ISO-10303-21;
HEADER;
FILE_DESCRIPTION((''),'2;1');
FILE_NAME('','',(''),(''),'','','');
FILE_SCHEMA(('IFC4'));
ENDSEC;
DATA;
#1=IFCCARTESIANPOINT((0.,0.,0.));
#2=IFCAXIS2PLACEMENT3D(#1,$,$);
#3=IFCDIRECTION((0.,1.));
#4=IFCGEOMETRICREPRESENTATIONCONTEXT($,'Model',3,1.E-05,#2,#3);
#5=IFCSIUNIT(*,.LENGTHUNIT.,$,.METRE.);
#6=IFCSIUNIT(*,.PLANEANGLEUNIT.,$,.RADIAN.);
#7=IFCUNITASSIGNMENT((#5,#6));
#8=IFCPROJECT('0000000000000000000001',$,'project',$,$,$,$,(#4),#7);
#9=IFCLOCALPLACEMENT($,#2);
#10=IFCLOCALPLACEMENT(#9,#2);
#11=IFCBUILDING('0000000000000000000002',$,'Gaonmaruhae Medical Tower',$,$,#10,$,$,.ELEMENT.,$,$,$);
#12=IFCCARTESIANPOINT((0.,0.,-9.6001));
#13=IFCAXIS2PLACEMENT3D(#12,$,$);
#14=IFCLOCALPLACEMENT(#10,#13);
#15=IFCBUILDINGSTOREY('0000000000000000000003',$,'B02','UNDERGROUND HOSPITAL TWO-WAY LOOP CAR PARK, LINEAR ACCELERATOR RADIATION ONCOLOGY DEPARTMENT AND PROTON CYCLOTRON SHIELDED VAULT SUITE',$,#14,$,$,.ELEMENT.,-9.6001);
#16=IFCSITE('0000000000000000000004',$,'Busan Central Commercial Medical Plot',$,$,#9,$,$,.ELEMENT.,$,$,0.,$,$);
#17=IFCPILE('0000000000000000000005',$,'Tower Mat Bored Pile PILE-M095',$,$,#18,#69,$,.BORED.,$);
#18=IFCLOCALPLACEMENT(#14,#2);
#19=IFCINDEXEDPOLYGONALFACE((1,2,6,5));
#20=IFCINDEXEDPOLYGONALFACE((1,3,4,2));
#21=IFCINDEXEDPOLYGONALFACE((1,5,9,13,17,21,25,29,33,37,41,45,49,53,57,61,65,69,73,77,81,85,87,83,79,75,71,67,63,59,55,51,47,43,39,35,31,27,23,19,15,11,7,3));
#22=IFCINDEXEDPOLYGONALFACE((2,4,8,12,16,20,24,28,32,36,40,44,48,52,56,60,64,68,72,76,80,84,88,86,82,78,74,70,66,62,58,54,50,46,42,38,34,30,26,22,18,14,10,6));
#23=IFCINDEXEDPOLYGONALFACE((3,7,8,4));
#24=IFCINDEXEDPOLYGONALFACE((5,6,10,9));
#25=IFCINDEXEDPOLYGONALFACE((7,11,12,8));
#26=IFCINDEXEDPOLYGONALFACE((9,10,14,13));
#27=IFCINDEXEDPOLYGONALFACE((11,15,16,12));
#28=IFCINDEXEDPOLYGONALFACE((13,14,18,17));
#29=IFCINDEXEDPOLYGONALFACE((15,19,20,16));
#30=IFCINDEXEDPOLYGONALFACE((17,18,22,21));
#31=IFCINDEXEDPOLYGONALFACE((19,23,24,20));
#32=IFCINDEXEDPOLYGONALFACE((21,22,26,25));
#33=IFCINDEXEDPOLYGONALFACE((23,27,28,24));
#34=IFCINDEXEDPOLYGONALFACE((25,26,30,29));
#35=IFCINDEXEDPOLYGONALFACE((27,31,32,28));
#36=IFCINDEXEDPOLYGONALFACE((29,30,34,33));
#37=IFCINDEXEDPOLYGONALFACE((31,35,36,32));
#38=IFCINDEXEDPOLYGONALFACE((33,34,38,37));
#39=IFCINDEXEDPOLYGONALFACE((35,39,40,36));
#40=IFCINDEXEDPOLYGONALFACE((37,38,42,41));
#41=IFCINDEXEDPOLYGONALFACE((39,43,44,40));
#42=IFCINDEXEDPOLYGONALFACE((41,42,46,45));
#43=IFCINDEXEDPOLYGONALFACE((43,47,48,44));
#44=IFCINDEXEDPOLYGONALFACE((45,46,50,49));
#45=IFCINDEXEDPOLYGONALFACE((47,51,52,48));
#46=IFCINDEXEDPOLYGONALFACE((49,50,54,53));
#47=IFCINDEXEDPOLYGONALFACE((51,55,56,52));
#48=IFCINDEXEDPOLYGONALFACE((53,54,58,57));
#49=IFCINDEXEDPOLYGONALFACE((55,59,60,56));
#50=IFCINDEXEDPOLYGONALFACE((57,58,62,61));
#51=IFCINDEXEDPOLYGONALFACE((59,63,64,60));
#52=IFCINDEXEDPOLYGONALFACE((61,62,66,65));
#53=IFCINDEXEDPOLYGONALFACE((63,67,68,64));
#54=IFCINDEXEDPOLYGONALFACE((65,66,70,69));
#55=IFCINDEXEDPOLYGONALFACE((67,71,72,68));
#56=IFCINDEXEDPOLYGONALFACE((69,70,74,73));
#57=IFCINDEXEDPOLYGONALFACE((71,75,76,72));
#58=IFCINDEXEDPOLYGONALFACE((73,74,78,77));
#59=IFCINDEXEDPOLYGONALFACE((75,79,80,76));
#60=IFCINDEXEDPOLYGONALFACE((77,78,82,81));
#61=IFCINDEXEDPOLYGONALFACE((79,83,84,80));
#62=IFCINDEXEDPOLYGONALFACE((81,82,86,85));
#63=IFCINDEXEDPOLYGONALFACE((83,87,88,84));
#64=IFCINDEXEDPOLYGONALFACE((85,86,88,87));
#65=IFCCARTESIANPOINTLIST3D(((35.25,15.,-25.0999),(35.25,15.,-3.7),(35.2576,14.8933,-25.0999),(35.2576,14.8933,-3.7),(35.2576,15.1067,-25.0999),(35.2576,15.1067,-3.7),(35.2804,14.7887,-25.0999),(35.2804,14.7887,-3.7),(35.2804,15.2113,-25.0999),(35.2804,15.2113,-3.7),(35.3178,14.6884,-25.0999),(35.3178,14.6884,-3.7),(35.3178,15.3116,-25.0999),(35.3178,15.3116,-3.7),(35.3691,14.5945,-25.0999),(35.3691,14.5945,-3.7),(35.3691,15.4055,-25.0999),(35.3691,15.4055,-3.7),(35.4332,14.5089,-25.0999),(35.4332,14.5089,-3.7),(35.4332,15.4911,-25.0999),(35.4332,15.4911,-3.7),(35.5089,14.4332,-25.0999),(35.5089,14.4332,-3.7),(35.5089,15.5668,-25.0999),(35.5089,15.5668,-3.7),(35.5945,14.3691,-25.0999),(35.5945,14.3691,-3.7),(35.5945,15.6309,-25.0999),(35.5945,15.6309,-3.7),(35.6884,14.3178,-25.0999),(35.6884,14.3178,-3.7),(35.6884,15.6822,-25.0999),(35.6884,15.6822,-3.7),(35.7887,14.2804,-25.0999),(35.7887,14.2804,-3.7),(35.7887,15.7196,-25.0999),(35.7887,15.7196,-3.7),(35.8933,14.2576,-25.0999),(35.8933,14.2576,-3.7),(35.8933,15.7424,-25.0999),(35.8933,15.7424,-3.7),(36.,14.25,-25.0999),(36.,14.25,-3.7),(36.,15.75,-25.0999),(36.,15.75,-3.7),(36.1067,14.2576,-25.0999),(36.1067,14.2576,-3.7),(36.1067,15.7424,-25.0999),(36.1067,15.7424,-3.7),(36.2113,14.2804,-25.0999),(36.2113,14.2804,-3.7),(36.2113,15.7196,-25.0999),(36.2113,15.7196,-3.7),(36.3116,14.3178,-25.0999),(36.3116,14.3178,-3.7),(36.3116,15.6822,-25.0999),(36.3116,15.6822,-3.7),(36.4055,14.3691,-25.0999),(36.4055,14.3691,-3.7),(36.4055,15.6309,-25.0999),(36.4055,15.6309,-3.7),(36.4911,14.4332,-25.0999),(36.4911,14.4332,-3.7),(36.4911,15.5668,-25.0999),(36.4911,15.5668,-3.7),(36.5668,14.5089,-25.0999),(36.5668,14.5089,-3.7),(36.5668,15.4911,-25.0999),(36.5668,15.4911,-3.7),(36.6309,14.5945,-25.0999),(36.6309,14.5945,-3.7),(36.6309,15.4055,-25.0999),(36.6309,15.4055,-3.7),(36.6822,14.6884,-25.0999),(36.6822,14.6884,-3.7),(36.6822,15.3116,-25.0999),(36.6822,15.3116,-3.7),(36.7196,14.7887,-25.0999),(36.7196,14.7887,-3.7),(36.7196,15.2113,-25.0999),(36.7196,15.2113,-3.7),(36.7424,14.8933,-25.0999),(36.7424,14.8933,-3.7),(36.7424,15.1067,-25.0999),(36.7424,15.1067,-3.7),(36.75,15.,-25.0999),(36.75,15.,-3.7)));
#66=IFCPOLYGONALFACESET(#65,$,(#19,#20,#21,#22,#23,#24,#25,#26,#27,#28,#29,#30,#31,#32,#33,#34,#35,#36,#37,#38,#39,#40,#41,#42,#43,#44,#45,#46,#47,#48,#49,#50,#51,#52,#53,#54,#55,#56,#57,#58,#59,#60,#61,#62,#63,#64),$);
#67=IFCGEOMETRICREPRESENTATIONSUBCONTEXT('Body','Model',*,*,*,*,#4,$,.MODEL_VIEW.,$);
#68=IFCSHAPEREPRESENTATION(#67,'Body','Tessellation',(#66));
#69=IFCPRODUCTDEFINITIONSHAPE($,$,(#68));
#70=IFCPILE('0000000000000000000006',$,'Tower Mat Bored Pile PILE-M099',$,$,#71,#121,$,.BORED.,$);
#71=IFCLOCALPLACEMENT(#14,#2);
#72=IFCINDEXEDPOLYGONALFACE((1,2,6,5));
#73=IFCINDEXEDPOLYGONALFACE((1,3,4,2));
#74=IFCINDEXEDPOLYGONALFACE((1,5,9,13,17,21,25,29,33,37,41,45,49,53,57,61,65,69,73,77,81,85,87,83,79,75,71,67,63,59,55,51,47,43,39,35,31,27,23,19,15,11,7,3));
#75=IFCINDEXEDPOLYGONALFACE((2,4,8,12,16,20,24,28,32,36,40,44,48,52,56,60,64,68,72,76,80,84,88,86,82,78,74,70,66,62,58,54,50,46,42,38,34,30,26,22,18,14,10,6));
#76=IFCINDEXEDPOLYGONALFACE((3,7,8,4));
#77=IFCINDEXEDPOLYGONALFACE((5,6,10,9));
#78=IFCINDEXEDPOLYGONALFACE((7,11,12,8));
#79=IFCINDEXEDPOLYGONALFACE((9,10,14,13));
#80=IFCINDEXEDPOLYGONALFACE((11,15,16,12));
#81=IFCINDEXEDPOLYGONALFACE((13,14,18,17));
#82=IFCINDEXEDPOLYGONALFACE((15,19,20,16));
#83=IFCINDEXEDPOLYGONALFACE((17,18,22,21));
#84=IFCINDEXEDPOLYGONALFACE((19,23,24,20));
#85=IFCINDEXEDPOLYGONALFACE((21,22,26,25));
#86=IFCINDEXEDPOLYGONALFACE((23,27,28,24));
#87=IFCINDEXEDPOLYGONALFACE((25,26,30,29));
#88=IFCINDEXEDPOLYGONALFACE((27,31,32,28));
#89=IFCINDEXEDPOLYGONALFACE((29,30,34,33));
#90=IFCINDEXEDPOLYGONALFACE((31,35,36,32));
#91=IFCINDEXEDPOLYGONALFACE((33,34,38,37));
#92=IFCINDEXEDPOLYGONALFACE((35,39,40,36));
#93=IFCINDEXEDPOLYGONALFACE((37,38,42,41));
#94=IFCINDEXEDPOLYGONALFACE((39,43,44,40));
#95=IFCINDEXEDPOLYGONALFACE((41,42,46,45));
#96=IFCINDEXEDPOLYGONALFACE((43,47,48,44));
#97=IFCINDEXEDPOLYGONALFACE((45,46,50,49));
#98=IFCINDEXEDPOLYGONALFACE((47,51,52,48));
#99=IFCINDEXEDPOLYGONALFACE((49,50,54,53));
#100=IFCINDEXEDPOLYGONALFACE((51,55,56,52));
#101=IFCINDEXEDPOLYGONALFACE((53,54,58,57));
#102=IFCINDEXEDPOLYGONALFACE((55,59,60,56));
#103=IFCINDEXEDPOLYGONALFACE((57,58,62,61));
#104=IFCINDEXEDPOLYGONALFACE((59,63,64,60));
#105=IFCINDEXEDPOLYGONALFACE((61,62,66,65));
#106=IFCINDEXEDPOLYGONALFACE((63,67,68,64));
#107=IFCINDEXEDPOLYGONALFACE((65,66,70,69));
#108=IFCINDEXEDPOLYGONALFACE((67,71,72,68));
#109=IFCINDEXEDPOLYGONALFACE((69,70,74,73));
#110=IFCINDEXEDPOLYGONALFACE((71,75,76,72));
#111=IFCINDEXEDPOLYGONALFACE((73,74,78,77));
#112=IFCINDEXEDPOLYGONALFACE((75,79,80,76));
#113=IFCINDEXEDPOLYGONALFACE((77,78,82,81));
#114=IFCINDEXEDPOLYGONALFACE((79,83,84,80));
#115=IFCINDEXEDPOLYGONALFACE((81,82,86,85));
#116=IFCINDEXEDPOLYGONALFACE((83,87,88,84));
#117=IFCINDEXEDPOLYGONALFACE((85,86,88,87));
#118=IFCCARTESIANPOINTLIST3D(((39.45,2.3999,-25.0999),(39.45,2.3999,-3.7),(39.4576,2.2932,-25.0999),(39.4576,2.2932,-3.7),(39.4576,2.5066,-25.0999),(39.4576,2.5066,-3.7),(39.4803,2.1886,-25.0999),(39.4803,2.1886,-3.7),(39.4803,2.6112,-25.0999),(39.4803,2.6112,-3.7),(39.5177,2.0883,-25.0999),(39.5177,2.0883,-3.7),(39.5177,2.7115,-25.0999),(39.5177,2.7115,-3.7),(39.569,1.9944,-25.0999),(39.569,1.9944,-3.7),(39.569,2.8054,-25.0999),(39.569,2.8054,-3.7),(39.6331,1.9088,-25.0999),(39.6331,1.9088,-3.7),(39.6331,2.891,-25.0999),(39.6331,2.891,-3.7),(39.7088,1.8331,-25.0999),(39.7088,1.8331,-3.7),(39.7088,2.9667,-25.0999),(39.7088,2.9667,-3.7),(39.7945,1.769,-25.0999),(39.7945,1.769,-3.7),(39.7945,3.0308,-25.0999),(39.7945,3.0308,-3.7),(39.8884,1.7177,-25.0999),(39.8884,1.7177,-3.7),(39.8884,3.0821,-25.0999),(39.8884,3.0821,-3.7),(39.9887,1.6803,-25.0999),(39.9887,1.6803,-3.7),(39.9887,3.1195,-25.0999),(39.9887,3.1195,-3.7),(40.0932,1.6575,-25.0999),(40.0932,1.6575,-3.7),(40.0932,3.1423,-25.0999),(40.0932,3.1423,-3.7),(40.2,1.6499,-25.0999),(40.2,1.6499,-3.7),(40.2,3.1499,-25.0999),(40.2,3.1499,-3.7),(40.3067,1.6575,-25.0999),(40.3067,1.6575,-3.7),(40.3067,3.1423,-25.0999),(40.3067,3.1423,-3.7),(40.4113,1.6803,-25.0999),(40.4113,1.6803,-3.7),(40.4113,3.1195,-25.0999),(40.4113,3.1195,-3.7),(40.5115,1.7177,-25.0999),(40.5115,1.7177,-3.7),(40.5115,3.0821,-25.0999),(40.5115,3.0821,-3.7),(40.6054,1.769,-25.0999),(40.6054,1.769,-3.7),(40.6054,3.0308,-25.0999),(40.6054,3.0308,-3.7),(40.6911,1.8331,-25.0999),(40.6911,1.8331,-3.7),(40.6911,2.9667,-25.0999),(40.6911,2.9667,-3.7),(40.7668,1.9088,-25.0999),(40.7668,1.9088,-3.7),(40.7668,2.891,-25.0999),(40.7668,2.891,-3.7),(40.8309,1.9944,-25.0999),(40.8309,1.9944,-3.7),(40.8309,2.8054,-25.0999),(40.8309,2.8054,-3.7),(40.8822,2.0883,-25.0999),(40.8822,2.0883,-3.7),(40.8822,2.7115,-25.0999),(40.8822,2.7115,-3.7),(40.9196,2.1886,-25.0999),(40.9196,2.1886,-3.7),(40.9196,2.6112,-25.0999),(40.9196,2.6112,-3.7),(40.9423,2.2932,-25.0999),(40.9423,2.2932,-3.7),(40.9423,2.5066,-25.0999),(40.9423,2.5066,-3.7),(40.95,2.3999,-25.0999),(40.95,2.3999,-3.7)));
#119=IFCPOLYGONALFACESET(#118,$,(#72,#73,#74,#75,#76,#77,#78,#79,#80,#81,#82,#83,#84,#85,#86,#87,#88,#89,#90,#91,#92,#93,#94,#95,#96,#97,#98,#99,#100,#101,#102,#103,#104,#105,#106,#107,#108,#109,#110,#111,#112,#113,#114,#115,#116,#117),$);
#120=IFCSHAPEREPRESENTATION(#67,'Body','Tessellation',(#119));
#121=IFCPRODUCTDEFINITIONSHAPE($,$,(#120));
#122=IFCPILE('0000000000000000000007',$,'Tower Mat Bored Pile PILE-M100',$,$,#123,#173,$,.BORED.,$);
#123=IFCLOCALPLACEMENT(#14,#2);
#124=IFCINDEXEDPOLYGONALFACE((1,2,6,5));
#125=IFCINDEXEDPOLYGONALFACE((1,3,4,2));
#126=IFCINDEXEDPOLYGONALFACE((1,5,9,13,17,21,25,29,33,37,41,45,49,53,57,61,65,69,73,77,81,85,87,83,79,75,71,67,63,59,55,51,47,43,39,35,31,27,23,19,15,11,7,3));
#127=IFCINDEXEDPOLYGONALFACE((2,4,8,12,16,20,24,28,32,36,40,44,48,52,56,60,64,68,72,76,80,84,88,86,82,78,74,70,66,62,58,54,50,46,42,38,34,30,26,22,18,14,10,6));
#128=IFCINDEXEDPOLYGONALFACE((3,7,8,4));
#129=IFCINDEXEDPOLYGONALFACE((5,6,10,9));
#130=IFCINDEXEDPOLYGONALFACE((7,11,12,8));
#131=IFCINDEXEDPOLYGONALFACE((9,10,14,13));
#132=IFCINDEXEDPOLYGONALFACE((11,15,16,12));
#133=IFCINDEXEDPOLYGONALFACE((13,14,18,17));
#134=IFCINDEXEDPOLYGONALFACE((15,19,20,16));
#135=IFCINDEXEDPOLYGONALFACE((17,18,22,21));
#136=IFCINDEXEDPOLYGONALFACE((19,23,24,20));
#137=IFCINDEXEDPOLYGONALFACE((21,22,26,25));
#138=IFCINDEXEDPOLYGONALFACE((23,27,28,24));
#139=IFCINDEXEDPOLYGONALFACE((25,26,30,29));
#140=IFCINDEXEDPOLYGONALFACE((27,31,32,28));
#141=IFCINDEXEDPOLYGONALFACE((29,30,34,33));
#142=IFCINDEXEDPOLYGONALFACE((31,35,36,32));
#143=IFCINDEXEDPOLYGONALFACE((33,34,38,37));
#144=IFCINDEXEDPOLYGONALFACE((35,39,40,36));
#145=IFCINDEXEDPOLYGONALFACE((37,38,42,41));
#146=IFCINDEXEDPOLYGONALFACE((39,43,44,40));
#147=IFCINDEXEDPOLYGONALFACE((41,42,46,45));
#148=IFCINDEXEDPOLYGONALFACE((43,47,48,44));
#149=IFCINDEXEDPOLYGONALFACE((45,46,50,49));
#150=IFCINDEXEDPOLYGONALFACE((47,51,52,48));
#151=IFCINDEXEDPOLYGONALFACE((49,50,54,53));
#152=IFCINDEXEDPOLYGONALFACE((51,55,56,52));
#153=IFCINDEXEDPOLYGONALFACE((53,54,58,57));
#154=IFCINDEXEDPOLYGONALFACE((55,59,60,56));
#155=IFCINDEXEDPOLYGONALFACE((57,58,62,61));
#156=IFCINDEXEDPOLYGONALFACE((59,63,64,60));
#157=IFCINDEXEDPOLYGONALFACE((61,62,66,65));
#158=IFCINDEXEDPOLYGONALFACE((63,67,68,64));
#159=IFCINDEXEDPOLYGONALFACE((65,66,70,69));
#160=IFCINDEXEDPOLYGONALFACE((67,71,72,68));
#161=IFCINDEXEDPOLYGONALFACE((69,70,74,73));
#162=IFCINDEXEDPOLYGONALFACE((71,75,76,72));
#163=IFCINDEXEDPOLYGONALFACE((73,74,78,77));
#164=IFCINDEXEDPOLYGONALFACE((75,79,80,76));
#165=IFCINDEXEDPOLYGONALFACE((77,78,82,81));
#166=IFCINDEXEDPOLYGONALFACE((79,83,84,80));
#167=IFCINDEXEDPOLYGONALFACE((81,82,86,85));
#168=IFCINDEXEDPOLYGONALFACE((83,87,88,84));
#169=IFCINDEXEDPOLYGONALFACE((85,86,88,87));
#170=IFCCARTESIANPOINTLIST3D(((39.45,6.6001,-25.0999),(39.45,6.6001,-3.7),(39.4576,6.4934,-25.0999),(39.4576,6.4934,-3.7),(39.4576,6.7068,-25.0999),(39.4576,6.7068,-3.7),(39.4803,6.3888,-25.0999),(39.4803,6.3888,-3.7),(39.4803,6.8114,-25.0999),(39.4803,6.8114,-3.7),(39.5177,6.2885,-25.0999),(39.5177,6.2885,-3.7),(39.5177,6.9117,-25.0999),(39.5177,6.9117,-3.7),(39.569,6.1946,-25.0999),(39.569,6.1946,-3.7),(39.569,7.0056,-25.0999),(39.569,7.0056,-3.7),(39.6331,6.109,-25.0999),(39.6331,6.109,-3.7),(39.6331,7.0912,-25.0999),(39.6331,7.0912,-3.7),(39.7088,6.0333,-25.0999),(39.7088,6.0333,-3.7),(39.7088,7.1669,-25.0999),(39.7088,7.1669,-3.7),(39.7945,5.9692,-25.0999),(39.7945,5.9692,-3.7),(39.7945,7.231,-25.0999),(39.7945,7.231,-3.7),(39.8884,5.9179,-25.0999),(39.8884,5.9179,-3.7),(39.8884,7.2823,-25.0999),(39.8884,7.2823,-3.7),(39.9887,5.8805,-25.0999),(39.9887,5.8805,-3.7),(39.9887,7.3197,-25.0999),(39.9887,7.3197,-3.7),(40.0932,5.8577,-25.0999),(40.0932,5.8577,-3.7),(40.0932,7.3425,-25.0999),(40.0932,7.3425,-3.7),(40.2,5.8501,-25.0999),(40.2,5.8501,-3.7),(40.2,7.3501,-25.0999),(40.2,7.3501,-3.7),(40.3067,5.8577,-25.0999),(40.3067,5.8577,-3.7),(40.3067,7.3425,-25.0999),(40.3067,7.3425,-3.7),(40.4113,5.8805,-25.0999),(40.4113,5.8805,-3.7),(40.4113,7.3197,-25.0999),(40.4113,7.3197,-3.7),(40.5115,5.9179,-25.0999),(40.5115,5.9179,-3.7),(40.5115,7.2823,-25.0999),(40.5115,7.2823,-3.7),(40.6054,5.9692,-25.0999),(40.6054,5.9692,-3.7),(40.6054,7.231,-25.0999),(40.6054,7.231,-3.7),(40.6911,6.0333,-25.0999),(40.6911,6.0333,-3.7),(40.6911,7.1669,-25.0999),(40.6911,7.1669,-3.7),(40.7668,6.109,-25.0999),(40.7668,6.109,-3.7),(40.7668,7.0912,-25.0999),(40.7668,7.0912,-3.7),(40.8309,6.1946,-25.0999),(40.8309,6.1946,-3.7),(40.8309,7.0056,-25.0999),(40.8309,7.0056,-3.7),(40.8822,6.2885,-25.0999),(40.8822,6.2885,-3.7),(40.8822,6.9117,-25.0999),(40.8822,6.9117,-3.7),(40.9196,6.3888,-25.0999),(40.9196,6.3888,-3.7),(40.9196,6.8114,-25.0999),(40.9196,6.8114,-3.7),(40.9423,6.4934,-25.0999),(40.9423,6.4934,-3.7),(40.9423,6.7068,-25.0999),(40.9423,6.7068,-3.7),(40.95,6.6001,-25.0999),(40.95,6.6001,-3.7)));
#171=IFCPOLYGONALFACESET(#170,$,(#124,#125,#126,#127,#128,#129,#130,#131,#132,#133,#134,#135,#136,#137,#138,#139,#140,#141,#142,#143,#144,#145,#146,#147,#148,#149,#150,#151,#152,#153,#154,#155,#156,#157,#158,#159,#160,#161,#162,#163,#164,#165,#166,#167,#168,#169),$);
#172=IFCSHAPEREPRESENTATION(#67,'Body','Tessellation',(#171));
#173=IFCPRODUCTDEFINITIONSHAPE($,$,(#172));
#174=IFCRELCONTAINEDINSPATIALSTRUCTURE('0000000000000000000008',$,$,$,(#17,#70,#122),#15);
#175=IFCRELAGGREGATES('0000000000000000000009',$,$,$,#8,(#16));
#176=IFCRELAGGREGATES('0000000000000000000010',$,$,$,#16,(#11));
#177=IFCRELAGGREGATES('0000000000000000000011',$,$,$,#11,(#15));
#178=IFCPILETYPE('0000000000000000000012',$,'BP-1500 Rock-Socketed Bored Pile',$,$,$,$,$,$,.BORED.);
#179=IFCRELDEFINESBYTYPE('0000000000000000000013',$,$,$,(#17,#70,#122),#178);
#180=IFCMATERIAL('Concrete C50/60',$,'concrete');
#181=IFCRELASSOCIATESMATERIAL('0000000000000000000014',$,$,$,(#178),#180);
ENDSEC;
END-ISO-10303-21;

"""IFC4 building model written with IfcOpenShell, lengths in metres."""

from ifc_helpers import new_model, si_unit, direction, frame, origin, origin_2d, place, context, subcontext, project, spatial, circle, extrude, material, material_profile, profile_set, type_object, element, save


model = new_model("IFC4")

# Units and contexts
model_context = context("Model", 3, precision=1e-05, world=origin(), true_north=direction((0.0, 1.0)))
body_context = subcontext(model_context, "Body", "Model", "MODEL_VIEW")
ifc_project = project(units=[si_unit("LENGTHUNIT", "METRE"), si_unit("PLANEANGLEUNIT", "RADIAN")], contexts=[model_context])

# Site, building, storey
site_placement = place(None, origin())
site = spatial("IfcSite", under=ifc_project, at=site_placement, Name="Busan Central Commercial Medical Plot", CompositionType="ELEMENT", RefElevation=0.0)
building_placement = place(site_placement, origin())
building = spatial("IfcBuilding", under=site, at=building_placement, Name="Gaonmaruhae Medical Tower", CompositionType="ELEMENT")
storey_placement = place(building_placement, frame((0.0, 0.0, -9.6001)))
storey = spatial("IfcBuildingStorey", under=building, at=storey_placement, Name="B02", Description="UNDERGROUND HOSPITAL TWO-WAY LOOP CAR PARK, LINEAR ACCELERATOR RADIATION ONCOLOGY DEPARTMENT AND PROTON CYCLOTRON SHIELDED VAULT SUITE", CompositionType="ELEMENT", Elevation=-9.6001)

# Piles
ifc_material_1 = material(Name="Concrete C50/60", Category="concrete")
ifc_material_profile_1 = material_profile(ifc_material_1, circle(Radius=0.75, at=origin_2d()), Name="PILE-D1500")
ifc_profile_set_1 = profile_set([ifc_material_profile_1], Name="Concrete C50/60")
pile_type = type_object("IfcPileType", Name="BP-1500 Rock-Socketed Bored Pile", PredefinedType="BORED", material=ifc_profile_set_1)
for number, where, z_axis, x_axis, name in (
    (1, (36.0, 15.0, -3.7), (0.0, 0.0, -1.0), (1.0, 0.0, 0.0), "Tower Mat Bored Pile PILE-M095"),
    (2, (40.2, 2.3999, -3.7), (0.0, 0.0, -1.0), (1.0, 0.0, 0.0), "Tower Mat Bored Pile PILE-M099"),
    (3, (40.2, 6.6001, -3.7), (0.0, 0.0, -1.0), (1.0, 0.0, 0.0), "Tower Mat Bored Pile PILE-M100"),
):
    element("IfcPile", number, at=place(storey_placement, frame(where, z_axis=z_axis, x_axis=x_axis)), inside=storey, type_object=pile_type, Name=name, PredefinedType="BORED", context=body_context, shape_type="SweptSolid", body=[
        extrude(circle(Radius=0.75, at=origin_2d()), origin(), (0.0, 0.0, 1.0), 21.3999),
    ])

save(model, "model.ifc")
